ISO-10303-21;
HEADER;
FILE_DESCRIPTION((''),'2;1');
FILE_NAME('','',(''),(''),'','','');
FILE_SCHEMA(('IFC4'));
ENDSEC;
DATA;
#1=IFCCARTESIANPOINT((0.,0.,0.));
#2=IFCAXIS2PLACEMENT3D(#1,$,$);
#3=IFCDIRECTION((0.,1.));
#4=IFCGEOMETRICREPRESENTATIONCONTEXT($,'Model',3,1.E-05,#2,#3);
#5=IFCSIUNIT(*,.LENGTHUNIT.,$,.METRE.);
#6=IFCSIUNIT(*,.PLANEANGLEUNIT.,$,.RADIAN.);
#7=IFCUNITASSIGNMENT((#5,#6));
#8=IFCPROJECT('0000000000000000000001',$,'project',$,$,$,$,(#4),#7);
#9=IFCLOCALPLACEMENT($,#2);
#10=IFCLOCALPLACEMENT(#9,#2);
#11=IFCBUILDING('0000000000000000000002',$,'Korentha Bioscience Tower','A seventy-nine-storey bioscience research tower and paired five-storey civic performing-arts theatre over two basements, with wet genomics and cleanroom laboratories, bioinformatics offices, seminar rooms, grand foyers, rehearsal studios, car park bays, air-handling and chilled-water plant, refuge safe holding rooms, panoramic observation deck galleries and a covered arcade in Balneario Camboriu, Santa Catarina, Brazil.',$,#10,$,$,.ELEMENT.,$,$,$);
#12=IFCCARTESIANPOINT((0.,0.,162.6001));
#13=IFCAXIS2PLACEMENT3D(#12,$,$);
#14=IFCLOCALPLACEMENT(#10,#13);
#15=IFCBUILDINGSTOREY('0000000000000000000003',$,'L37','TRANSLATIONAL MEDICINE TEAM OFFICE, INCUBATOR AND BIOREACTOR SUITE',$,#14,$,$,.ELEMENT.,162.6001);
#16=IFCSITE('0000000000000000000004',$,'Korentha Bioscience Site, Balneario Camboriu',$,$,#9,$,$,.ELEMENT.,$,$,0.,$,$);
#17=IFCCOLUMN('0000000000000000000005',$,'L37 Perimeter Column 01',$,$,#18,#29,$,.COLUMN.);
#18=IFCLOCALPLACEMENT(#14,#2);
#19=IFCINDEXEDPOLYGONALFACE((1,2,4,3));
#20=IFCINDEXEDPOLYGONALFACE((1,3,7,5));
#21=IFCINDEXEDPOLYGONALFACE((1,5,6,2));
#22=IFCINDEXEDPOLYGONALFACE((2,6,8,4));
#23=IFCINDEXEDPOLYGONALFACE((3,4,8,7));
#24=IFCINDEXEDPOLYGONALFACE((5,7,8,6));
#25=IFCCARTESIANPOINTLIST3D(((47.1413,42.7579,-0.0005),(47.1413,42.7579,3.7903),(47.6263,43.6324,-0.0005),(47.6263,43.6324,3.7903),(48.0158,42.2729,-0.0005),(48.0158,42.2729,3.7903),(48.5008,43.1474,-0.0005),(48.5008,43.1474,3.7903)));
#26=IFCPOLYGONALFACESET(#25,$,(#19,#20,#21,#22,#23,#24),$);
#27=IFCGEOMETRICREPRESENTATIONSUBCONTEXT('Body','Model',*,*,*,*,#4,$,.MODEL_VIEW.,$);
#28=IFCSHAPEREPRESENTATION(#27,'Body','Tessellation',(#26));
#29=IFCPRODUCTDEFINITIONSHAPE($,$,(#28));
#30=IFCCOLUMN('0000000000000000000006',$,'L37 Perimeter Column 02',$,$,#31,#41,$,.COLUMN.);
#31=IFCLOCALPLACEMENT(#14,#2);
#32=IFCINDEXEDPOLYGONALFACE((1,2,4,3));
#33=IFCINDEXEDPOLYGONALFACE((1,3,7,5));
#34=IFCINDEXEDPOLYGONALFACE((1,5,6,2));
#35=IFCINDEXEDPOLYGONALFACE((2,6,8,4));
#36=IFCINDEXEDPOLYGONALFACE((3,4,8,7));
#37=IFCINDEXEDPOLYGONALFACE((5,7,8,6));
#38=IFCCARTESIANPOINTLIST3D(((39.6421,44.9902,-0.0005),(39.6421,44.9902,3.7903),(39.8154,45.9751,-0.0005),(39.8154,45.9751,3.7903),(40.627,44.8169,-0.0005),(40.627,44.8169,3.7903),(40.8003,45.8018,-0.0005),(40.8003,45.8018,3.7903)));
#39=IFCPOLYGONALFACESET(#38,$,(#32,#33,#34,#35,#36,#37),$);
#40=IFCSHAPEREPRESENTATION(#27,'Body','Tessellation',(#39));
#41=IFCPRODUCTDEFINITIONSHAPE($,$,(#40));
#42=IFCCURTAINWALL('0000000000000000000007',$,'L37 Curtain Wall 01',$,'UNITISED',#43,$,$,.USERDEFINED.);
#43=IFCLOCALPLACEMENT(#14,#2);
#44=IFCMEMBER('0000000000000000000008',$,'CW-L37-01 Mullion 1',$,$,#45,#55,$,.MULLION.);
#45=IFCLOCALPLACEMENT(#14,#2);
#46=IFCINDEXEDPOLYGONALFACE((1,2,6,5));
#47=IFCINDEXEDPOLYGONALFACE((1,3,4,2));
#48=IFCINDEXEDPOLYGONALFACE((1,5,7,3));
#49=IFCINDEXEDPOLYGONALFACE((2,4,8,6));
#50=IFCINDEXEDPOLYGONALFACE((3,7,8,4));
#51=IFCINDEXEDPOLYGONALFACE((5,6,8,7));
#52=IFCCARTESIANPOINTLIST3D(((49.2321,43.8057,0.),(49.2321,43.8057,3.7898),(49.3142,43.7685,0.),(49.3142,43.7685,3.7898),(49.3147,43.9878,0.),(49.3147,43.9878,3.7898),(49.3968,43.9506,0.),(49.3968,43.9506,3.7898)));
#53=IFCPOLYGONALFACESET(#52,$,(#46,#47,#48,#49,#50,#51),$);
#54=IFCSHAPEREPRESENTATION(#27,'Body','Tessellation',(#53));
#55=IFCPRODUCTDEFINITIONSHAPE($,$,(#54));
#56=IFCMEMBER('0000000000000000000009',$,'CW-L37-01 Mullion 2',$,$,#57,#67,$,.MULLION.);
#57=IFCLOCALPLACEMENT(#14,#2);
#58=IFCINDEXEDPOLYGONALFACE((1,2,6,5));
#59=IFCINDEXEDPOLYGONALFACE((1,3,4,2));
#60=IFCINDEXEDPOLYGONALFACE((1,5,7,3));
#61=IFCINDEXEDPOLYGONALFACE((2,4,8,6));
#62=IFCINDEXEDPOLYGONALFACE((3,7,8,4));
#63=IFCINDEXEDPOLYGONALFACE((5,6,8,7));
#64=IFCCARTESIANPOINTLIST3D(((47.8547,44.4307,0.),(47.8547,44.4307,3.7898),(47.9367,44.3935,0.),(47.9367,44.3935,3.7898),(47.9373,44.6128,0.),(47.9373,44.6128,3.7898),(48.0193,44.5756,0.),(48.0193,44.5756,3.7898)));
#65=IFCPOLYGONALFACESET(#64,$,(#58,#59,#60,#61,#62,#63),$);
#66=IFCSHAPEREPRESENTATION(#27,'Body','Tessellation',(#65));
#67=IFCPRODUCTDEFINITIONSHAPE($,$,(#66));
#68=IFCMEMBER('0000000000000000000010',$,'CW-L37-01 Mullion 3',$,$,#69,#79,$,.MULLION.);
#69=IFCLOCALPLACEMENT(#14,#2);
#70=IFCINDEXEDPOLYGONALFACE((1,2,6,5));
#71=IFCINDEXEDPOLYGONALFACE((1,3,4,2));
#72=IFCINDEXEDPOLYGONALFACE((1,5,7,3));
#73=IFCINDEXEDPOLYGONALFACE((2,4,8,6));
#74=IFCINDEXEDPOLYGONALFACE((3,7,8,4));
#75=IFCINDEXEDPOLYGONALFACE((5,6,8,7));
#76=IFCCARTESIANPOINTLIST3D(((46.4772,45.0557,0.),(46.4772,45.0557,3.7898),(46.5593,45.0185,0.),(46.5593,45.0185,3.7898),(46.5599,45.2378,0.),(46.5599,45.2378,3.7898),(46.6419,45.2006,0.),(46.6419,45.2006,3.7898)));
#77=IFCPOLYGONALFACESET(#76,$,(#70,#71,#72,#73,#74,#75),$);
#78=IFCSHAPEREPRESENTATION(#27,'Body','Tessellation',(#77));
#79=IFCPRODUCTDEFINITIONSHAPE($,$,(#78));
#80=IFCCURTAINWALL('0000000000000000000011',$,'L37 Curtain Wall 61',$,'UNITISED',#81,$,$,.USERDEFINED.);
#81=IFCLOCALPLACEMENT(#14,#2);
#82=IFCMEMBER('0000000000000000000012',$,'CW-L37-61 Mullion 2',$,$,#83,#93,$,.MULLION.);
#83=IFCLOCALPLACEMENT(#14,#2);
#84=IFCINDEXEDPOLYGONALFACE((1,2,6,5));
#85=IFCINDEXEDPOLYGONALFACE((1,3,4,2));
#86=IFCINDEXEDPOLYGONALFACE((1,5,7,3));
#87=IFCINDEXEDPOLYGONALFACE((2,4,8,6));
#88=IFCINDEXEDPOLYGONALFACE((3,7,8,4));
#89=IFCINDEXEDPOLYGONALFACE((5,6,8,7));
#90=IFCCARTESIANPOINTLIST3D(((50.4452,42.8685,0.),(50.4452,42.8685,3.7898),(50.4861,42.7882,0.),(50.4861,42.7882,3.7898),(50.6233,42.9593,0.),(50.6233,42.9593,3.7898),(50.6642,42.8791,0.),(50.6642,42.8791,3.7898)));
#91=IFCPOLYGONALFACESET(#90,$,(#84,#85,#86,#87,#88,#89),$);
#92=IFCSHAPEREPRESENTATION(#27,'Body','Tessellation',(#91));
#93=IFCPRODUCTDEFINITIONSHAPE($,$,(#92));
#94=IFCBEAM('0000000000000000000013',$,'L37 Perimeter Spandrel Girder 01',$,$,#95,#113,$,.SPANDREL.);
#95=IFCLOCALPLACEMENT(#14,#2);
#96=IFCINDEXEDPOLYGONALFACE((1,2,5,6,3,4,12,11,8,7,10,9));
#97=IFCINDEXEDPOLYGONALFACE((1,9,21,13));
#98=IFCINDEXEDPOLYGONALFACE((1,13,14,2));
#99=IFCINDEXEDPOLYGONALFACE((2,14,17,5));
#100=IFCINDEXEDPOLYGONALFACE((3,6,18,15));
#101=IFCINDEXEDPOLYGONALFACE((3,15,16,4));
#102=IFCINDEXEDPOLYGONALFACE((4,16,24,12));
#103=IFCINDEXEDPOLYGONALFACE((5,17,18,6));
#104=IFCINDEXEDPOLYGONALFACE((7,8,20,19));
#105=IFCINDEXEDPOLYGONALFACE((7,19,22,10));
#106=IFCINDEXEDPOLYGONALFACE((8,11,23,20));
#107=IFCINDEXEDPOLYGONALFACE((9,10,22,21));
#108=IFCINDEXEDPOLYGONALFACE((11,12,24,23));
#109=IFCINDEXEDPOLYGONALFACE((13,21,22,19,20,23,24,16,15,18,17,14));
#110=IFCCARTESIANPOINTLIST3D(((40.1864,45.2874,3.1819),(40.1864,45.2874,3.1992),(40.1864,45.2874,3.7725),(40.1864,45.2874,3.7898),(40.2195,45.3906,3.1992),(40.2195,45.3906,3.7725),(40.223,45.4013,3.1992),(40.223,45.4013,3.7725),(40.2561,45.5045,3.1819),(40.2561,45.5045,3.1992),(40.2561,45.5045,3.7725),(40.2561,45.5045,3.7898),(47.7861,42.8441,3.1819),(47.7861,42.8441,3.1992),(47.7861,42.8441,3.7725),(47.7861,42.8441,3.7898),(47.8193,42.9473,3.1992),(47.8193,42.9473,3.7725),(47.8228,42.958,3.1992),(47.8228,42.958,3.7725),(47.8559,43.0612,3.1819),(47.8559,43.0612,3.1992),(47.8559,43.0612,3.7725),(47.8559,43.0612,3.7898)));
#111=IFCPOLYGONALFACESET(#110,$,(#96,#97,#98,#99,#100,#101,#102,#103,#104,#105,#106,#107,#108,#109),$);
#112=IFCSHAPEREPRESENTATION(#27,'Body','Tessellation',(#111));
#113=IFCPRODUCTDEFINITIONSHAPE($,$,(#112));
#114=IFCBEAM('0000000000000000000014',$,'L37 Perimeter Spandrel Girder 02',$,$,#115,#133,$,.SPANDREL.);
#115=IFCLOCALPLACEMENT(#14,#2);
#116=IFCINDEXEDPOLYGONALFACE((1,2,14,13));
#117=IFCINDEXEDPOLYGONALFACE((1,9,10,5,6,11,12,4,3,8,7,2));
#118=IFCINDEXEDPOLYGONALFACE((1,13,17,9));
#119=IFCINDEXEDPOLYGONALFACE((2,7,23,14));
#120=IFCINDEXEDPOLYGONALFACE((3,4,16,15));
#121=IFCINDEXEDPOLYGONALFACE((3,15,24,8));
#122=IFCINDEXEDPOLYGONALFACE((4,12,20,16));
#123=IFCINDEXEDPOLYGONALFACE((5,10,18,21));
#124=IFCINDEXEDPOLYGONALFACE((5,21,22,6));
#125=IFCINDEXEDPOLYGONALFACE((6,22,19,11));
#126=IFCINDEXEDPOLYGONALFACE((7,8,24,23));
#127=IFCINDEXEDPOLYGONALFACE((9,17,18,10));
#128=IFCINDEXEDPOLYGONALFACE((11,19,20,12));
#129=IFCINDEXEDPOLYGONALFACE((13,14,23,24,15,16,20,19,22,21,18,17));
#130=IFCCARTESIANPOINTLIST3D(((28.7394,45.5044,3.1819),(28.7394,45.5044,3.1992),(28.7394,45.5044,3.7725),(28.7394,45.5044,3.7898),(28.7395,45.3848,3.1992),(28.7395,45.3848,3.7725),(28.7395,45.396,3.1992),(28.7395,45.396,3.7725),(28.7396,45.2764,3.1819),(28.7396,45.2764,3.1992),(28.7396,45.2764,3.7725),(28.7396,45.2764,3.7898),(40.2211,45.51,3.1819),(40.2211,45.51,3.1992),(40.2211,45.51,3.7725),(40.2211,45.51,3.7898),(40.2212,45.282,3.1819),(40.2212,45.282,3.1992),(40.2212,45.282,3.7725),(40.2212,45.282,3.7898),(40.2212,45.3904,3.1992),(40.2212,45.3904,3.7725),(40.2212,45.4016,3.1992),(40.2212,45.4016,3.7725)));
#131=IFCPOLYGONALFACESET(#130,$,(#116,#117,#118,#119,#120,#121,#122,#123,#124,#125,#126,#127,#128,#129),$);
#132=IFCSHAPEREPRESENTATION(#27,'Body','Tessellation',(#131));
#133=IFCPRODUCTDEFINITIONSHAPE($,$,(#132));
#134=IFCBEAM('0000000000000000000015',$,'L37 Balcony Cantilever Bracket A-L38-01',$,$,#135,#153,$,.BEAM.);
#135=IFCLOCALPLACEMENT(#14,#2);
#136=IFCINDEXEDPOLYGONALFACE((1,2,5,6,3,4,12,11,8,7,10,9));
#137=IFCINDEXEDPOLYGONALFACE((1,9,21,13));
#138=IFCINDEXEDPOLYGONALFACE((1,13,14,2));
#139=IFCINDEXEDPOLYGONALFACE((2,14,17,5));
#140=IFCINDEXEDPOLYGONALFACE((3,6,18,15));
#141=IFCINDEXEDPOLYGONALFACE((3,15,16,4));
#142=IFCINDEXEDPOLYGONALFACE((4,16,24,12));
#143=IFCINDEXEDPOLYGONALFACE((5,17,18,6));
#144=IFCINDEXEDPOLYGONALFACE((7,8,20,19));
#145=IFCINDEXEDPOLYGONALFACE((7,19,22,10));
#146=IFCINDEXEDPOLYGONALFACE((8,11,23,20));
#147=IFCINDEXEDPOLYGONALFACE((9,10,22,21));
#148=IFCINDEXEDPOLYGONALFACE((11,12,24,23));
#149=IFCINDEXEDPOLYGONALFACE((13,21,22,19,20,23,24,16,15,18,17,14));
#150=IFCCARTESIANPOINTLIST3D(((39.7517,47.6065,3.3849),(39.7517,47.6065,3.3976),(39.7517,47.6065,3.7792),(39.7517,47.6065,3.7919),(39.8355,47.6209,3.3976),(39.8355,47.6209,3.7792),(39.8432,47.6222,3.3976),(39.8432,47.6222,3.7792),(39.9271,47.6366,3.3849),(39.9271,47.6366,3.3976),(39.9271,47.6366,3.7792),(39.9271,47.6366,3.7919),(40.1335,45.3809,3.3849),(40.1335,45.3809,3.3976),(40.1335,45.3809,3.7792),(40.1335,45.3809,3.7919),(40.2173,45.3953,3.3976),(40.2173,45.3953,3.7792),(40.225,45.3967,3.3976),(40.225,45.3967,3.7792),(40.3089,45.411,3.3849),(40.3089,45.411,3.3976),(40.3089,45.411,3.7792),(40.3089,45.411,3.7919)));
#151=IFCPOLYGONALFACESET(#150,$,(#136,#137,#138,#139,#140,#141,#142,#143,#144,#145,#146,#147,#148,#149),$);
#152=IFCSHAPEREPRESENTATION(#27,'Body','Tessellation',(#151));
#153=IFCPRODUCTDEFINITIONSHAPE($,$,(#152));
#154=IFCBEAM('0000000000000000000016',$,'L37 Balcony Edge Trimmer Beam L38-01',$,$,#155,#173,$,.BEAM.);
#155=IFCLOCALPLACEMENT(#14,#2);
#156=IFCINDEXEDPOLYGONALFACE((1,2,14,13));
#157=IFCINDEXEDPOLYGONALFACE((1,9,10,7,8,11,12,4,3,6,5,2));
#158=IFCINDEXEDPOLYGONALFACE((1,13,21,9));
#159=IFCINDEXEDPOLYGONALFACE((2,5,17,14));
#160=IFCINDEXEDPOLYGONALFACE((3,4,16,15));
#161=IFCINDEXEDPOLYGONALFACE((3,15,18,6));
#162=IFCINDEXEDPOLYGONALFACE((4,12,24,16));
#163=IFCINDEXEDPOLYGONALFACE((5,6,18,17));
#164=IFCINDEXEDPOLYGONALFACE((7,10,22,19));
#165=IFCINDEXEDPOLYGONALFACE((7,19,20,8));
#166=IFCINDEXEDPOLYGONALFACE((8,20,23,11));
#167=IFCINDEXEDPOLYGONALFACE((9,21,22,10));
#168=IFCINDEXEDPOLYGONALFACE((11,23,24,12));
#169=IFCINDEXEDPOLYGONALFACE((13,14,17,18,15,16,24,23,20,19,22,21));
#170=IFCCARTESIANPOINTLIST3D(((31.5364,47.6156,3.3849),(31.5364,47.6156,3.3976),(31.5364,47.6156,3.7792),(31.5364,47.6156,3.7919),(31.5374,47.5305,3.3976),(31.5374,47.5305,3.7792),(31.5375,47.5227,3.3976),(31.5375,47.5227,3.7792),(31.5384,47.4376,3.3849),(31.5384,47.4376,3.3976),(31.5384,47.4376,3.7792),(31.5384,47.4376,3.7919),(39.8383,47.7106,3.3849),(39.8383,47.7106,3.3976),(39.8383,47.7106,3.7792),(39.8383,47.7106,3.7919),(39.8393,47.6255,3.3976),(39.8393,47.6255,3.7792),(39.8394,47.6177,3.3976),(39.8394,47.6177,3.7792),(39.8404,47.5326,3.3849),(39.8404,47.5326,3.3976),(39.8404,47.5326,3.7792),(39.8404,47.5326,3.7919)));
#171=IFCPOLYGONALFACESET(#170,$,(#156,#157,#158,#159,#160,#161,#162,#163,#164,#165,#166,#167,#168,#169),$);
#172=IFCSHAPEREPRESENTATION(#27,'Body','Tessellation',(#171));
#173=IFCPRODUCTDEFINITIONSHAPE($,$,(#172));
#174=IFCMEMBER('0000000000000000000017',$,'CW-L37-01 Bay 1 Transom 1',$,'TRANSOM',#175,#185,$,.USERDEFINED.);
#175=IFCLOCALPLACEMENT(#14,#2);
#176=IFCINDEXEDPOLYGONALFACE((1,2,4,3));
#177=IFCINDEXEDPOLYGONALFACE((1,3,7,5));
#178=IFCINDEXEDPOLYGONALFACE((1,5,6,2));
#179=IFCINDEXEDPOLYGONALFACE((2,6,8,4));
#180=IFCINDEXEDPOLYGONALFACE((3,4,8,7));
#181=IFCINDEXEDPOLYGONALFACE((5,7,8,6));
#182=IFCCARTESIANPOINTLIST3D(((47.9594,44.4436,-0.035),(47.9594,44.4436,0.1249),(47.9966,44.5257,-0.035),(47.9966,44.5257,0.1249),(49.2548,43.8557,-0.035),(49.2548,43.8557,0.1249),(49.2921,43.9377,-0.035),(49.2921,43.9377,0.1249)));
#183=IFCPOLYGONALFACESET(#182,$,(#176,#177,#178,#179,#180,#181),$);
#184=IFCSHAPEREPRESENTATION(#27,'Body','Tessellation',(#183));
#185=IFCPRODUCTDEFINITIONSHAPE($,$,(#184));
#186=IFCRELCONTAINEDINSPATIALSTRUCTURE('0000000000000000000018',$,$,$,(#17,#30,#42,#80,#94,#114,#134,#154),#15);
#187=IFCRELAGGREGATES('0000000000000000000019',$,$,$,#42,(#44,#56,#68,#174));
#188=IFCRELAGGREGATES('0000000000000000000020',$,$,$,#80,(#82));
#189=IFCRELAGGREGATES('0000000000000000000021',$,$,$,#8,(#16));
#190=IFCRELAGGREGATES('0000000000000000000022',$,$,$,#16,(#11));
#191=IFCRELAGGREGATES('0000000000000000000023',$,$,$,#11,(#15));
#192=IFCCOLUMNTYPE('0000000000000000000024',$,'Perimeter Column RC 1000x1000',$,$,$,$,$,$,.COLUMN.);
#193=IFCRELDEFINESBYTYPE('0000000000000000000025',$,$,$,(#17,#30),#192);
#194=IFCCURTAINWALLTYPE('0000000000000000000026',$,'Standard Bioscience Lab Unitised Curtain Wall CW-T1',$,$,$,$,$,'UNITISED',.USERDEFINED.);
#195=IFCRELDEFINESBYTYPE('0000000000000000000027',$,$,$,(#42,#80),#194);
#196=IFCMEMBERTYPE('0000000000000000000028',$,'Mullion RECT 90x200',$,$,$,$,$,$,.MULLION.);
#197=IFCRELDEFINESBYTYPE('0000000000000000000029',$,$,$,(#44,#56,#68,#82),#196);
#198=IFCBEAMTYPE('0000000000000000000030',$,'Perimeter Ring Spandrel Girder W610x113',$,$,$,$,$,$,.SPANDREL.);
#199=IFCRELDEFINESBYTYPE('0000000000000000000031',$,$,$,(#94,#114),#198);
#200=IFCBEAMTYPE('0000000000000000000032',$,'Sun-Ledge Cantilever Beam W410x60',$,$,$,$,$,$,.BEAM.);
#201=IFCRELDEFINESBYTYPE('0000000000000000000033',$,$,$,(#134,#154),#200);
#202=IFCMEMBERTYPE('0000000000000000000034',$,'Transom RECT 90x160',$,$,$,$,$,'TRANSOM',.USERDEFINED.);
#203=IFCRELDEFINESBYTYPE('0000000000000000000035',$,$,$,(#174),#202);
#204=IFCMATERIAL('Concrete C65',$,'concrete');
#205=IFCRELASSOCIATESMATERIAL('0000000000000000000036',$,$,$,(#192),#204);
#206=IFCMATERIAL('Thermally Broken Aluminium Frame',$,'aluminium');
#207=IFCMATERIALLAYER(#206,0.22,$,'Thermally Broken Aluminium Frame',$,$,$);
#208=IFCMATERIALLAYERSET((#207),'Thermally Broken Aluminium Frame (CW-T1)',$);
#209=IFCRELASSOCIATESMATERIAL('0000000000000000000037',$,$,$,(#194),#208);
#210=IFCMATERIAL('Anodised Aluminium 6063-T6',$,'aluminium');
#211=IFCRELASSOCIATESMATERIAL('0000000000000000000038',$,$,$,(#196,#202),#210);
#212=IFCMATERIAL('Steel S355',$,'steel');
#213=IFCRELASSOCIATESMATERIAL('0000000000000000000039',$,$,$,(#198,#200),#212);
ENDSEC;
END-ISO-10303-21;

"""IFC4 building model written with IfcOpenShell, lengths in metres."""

from ifc_helpers import new_model, si_unit, direction, frame, origin, origin_2d, place, context, subcontext, project, spatial, rectangle, i_section, extrude, material, layer, layer_set, material_profile, profile_set, type_object, element, aggregate, save


model = new_model("IFC4")

# Units and contexts
model_context = context("Model", 3, precision=1e-05, world=origin(), true_north=direction((0.0, 1.0)))
body_context = subcontext(model_context, "Body", "Model", "MODEL_VIEW")
ifc_project = project(units=[si_unit("LENGTHUNIT", "METRE"), si_unit("PLANEANGLEUNIT", "RADIAN")], contexts=[model_context])

# Site, building, storey
site_placement = place(None, origin())
site = spatial("IfcSite", under=ifc_project, at=site_placement, Name="Korentha Bioscience Site, Balneario Camboriu", CompositionType="ELEMENT", RefElevation=0.0)
building_placement = place(site_placement, origin())
building = spatial("IfcBuilding", under=site, at=building_placement, Name="Korentha Bioscience Tower", Description="A seventy-nine-storey bioscience research tower and paired five-storey civic performing-arts theatre over two basements, with wet genomics and cleanroom laboratories, bioinformatics offices, seminar rooms, grand foyers, rehearsal studios, car park bays, air-handling and chilled-water plant, refuge safe holding rooms, panoramic observation deck galleries and a covered arcade in Balneario Camboriu, Santa Catarina, Brazil.", CompositionType="ELEMENT")
storey_placement = place(building_placement, frame((0.0, 0.0, 162.6001)))
storey = spatial("IfcBuildingStorey", under=building, at=storey_placement, Name="L37", Description="TRANSLATIONAL MEDICINE TEAM OFFICE, INCUBATOR AND BIOREACTOR SUITE", CompositionType="ELEMENT", Elevation=162.6001)

# Columns
ifc_material_1 = material(Name="Concrete C65", Category="concrete")
ifc_material_profile_1 = material_profile(ifc_material_1, rectangle(XDim=1.0, YDim=1.0, at=origin_2d()), Name="Concrete C65")
ifc_profile_set_1 = profile_set([ifc_material_profile_1], Name="Concrete C65 (COL-P10)")
column_type = type_object("IfcColumnType", Name="Perimeter Column RC 1000x1000", PredefinedType="COLUMN", material=ifc_profile_set_1)
for number, where, z_axis, x_axis, name in (
    (1, (47.821, 42.9526, -0.0005), (0.0, 0.0, 1.0), (-0.874535, 0.484962, 0.0), "L37 Perimeter Column 01"),
    (2, (40.2212, 45.396, -0.0005), (0.0, 0.0, 1.0), (-0.984868, 0.173304, 0.0), "L37 Perimeter Column 02"),
):
    element("IfcColumn", number, at=place(storey_placement, frame(where, z_axis=z_axis, x_axis=x_axis)), inside=storey, type_object=column_type, Name=name, PredefinedType="COLUMN", context=body_context, shape_type="SweptSolid", body=[
        extrude(rectangle(XDim=1.0, YDim=1.0, at=origin_2d()), origin(), (0.0, 0.0, 1.0), 3.7908),
    ])

# Curtain wall, members
ifc_material_2 = material(Name="Thermally Broken Aluminium Frame", Category="aluminium")
ifc_layer_1 = layer(ifc_material_2, 0.22, Name="Thermally Broken Aluminium Frame")
ifc_layer_set_1 = layer_set([ifc_layer_1], Name="Thermally Broken Aluminium Frame (CW-T1)")
curtain_wall_type = type_object("IfcCurtainWallType", Name="Standard Bioscience Lab Unitised Curtain Wall CW-T1", ElementType="UNITISED", PredefinedType="USERDEFINED", material=ifc_layer_set_1)
curtain_wall_1_placement = place(storey_placement, origin())
curtain_wall_1 = element("IfcCurtainWall", 3, at=curtain_wall_1_placement, inside=storey, type_object=curtain_wall_type, Name="L37 Curtain Wall 01", ObjectType="UNITISED", PredefinedType="USERDEFINED")
ifc_material_3 = material(Name="Anodised Aluminium 6063-T6", Category="aluminium")
ifc_material_profile_2 = material_profile(ifc_material_3, rectangle(XDim=0.0901, YDim=0.2, at=origin_2d()), Name="Anodised Aluminium 6063-T6")
ifc_profile_set_2 = profile_set([ifc_material_profile_2], Name="Anodised Aluminium 6063-T6 (CW-MUL)")
member_type_1 = type_object("IfcMemberType", Name="Mullion RECT 90x200", PredefinedType="MULLION", material=ifc_profile_set_2)
member_1_placement = place(storey_placement, frame((49.3145, 43.8782, 0.0), z_axis=(0.0, 0.0, 1.0), x_axis=(-0.910644, 0.413191, 0.0)))
member_1 = element("IfcMember", 4, at=member_1_placement, type_object=member_type_1, Name="CW-L37-01 Mullion 1", PredefinedType="MULLION", context=body_context, shape_type="SweptSolid", body=[
    extrude(rectangle(XDim=0.0901, YDim=0.2, at=origin_2d()), origin(), (0.0, 0.0, 1.0), 3.7898),
])
member_2_placement = place(storey_placement, frame((47.937, 44.5032, 0.0), z_axis=(0.0, 0.0, 1.0), x_axis=(-0.910644, 0.413191, 0.0)))
member_2 = element("IfcMember", 5, at=member_2_placement, type_object=member_type_1, Name="CW-L37-01 Mullion 2", PredefinedType="MULLION", context=body_context, shape_type="SweptSolid", body=[
    extrude(rectangle(XDim=0.0901, YDim=0.2, at=origin_2d()), origin(), (0.0, 0.0, 1.0), 3.7898),
])
member_3_placement = place(storey_placement, frame((46.5596, 45.1282, 0.0), z_axis=(0.0, 0.0, 1.0), x_axis=(-0.910644, 0.413191, 0.0)))
member_3 = element("IfcMember", 6, at=member_3_placement, type_object=member_type_1, Name="CW-L37-01 Mullion 3", PredefinedType="MULLION", context=body_context, shape_type="SweptSolid", body=[
    extrude(rectangle(XDim=0.0901, YDim=0.2, at=origin_2d()), origin(), (0.0, 0.0, 1.0), 3.7898),
])

# Curtain wall, member
curtain_wall_2_placement = place(storey_placement, origin())
curtain_wall_2 = element("IfcCurtainWall", 7, at=curtain_wall_2_placement, inside=storey, type_object=curtain_wall_type, Name="L37 Curtain Wall 61", ObjectType="UNITISED", PredefinedType="USERDEFINED")
member_4_placement = place(storey_placement, frame((50.5547, 42.8738, 0.0), z_axis=(0.0, 0.0, 1.0), x_axis=(-0.454288, 0.890855, 0.0)))
member_4 = element("IfcMember", 8, at=member_4_placement, type_object=member_type_1, Name="CW-L37-61 Mullion 2", PredefinedType="MULLION", context=body_context, shape_type="SweptSolid", body=[
    extrude(rectangle(XDim=0.0901, YDim=0.2, at=origin_2d()), origin(), (0.0, 0.0, 1.0), 3.7898),
])

# Beams
ifc_material_4 = material(Name="Steel S355", Category="steel")
ifc_material_profile_3 = material_profile(ifc_material_4, i_section(OverallWidth=0.228, OverallDepth=0.6079, WebThickness=0.0112, FlangeThickness=0.0173, at=origin_2d()), Name="Steel S355")
ifc_profile_set_3 = profile_set([ifc_material_profile_3], Name="Steel S355 (SB-610)")
beam_type_1 = type_object("IfcBeamType", Name="Perimeter Ring Spandrel Girder W610x113", PredefinedType="SPANDREL", material=ifc_profile_set_3)
beam_1_placement = place(storey_placement, frame((47.821, 42.9526, 3.4858), z_axis=(-0.952009, 0.306072, 0.0), x_axis=(-0.306072, -0.952009, 0.0)))
element("IfcBeam", 9, at=beam_1_placement, inside=storey, type_object=beam_type_1, Name="L37 Perimeter Spandrel Girder 01", PredefinedType="SPANDREL", context=body_context, shape_type="SweptSolid", body=[
    extrude(i_section(OverallWidth=0.228, OverallDepth=0.6079, WebThickness=0.0112, FlangeThickness=0.0173, at=origin_2d()), origin(), (0.0, 0.0, 1.0), 7.9829),
])
beam_2_placement = place(storey_placement, frame((40.2212, 45.396, 3.4858), z_axis=(-1.0, -0.000489, 0.0), x_axis=(0.000489, -1.0, 0.0)))
element("IfcBeam", 10, at=beam_2_placement, inside=storey, type_object=beam_type_1, Name="L37 Perimeter Spandrel Girder 02", PredefinedType="SPANDREL", context=body_context, shape_type="SweptSolid", body=[
    extrude(i_section(OverallWidth=0.228, OverallDepth=0.6079, WebThickness=0.0112, FlangeThickness=0.0173, at=origin_2d()), origin(), (0.0, 0.0, 1.0), 11.4817),
])
ifc_material_profile_4 = material_profile(ifc_material_4, i_section(OverallWidth=0.178, OverallDepth=0.407, WebThickness=0.0078, FlangeThickness=0.0127, at=origin_2d()), Name="Steel S355")
ifc_profile_set_4 = profile_set([ifc_material_profile_4], Name="Steel S355 (CB-410)")
beam_type_2 = type_object("IfcBeamType", Name="Sun-Ledge Cantilever Beam W410x60", PredefinedType="BEAM", material=ifc_profile_set_4)
beam_3_placement = place(storey_placement, frame((40.2212, 45.396, 3.5884), z_axis=(-0.169096, 0.9856, 0.0), x_axis=(-0.9856, -0.169096, 0.0)))
element("IfcBeam", 11, at=beam_3_placement, inside=storey, type_object=beam_type_2, Name="L37 Balcony Cantilever Bracket A-L38-01", PredefinedType="BEAM", context=body_context, shape_type="SweptSolid", body=[
    extrude(i_section(OverallWidth=0.178, OverallDepth=0.407, WebThickness=0.0078, FlangeThickness=0.0127, at=origin_2d()), origin(), (0.0, 0.0, 1.0), 2.2581),
])
beam_4_placement = place(storey_placement, frame((39.8394, 47.6216, 3.5884), z_axis=(-0.999935, -0.011439, 0.0), x_axis=(0.011439, -0.999935, 0.0)))
element("IfcBeam", 12, at=beam_4_placement, inside=storey, type_object=beam_type_2, Name="L37 Balcony Edge Trimmer Beam L38-01", PredefinedType="BEAM", context=body_context, shape_type="SweptSolid", body=[
    extrude(i_section(OverallWidth=0.178, OverallDepth=0.407, WebThickness=0.0078, FlangeThickness=0.0127, at=origin_2d()), origin(), (0.0, 0.0, 1.0), 8.3025),
])

# Member
ifc_material_profile_5 = material_profile(ifc_material_3, rectangle(XDim=0.0901, YDim=0.1599, at=origin_2d()), Name="Anodised Aluminium 6063-T6")
ifc_profile_set_5 = profile_set([ifc_material_profile_5], Name="Anodised Aluminium 6063-T6 (CW-TRN)")
member_type_2 = type_object("IfcMemberType", Name="Transom RECT 90x160", ElementType="TRANSOM", PredefinedType="USERDEFINED", material=ifc_profile_set_5)
member_5_placement = place(storey_placement, frame((49.2734, 43.8967, 0.0449), z_axis=(-0.910613, 0.41326, 0.0), x_axis=(-0.41326, -0.910613, 0.0)))
member_5 = element("IfcMember", 13, at=member_5_placement, type_object=member_type_2, Name="CW-L37-01 Bay 1 Transom 1", ObjectType="TRANSOM", PredefinedType="USERDEFINED", context=body_context, shape_type="SweptSolid", body=[
    extrude(rectangle(XDim=0.0901, YDim=0.1599, at=origin_2d()), origin(), (0.0, 0.0, 1.0), 1.4226),
])

aggregate(curtain_wall_1, [member_1, member_2, member_3, member_5])
aggregate(curtain_wall_2, [member_4])

save(model, "model.ifc")
